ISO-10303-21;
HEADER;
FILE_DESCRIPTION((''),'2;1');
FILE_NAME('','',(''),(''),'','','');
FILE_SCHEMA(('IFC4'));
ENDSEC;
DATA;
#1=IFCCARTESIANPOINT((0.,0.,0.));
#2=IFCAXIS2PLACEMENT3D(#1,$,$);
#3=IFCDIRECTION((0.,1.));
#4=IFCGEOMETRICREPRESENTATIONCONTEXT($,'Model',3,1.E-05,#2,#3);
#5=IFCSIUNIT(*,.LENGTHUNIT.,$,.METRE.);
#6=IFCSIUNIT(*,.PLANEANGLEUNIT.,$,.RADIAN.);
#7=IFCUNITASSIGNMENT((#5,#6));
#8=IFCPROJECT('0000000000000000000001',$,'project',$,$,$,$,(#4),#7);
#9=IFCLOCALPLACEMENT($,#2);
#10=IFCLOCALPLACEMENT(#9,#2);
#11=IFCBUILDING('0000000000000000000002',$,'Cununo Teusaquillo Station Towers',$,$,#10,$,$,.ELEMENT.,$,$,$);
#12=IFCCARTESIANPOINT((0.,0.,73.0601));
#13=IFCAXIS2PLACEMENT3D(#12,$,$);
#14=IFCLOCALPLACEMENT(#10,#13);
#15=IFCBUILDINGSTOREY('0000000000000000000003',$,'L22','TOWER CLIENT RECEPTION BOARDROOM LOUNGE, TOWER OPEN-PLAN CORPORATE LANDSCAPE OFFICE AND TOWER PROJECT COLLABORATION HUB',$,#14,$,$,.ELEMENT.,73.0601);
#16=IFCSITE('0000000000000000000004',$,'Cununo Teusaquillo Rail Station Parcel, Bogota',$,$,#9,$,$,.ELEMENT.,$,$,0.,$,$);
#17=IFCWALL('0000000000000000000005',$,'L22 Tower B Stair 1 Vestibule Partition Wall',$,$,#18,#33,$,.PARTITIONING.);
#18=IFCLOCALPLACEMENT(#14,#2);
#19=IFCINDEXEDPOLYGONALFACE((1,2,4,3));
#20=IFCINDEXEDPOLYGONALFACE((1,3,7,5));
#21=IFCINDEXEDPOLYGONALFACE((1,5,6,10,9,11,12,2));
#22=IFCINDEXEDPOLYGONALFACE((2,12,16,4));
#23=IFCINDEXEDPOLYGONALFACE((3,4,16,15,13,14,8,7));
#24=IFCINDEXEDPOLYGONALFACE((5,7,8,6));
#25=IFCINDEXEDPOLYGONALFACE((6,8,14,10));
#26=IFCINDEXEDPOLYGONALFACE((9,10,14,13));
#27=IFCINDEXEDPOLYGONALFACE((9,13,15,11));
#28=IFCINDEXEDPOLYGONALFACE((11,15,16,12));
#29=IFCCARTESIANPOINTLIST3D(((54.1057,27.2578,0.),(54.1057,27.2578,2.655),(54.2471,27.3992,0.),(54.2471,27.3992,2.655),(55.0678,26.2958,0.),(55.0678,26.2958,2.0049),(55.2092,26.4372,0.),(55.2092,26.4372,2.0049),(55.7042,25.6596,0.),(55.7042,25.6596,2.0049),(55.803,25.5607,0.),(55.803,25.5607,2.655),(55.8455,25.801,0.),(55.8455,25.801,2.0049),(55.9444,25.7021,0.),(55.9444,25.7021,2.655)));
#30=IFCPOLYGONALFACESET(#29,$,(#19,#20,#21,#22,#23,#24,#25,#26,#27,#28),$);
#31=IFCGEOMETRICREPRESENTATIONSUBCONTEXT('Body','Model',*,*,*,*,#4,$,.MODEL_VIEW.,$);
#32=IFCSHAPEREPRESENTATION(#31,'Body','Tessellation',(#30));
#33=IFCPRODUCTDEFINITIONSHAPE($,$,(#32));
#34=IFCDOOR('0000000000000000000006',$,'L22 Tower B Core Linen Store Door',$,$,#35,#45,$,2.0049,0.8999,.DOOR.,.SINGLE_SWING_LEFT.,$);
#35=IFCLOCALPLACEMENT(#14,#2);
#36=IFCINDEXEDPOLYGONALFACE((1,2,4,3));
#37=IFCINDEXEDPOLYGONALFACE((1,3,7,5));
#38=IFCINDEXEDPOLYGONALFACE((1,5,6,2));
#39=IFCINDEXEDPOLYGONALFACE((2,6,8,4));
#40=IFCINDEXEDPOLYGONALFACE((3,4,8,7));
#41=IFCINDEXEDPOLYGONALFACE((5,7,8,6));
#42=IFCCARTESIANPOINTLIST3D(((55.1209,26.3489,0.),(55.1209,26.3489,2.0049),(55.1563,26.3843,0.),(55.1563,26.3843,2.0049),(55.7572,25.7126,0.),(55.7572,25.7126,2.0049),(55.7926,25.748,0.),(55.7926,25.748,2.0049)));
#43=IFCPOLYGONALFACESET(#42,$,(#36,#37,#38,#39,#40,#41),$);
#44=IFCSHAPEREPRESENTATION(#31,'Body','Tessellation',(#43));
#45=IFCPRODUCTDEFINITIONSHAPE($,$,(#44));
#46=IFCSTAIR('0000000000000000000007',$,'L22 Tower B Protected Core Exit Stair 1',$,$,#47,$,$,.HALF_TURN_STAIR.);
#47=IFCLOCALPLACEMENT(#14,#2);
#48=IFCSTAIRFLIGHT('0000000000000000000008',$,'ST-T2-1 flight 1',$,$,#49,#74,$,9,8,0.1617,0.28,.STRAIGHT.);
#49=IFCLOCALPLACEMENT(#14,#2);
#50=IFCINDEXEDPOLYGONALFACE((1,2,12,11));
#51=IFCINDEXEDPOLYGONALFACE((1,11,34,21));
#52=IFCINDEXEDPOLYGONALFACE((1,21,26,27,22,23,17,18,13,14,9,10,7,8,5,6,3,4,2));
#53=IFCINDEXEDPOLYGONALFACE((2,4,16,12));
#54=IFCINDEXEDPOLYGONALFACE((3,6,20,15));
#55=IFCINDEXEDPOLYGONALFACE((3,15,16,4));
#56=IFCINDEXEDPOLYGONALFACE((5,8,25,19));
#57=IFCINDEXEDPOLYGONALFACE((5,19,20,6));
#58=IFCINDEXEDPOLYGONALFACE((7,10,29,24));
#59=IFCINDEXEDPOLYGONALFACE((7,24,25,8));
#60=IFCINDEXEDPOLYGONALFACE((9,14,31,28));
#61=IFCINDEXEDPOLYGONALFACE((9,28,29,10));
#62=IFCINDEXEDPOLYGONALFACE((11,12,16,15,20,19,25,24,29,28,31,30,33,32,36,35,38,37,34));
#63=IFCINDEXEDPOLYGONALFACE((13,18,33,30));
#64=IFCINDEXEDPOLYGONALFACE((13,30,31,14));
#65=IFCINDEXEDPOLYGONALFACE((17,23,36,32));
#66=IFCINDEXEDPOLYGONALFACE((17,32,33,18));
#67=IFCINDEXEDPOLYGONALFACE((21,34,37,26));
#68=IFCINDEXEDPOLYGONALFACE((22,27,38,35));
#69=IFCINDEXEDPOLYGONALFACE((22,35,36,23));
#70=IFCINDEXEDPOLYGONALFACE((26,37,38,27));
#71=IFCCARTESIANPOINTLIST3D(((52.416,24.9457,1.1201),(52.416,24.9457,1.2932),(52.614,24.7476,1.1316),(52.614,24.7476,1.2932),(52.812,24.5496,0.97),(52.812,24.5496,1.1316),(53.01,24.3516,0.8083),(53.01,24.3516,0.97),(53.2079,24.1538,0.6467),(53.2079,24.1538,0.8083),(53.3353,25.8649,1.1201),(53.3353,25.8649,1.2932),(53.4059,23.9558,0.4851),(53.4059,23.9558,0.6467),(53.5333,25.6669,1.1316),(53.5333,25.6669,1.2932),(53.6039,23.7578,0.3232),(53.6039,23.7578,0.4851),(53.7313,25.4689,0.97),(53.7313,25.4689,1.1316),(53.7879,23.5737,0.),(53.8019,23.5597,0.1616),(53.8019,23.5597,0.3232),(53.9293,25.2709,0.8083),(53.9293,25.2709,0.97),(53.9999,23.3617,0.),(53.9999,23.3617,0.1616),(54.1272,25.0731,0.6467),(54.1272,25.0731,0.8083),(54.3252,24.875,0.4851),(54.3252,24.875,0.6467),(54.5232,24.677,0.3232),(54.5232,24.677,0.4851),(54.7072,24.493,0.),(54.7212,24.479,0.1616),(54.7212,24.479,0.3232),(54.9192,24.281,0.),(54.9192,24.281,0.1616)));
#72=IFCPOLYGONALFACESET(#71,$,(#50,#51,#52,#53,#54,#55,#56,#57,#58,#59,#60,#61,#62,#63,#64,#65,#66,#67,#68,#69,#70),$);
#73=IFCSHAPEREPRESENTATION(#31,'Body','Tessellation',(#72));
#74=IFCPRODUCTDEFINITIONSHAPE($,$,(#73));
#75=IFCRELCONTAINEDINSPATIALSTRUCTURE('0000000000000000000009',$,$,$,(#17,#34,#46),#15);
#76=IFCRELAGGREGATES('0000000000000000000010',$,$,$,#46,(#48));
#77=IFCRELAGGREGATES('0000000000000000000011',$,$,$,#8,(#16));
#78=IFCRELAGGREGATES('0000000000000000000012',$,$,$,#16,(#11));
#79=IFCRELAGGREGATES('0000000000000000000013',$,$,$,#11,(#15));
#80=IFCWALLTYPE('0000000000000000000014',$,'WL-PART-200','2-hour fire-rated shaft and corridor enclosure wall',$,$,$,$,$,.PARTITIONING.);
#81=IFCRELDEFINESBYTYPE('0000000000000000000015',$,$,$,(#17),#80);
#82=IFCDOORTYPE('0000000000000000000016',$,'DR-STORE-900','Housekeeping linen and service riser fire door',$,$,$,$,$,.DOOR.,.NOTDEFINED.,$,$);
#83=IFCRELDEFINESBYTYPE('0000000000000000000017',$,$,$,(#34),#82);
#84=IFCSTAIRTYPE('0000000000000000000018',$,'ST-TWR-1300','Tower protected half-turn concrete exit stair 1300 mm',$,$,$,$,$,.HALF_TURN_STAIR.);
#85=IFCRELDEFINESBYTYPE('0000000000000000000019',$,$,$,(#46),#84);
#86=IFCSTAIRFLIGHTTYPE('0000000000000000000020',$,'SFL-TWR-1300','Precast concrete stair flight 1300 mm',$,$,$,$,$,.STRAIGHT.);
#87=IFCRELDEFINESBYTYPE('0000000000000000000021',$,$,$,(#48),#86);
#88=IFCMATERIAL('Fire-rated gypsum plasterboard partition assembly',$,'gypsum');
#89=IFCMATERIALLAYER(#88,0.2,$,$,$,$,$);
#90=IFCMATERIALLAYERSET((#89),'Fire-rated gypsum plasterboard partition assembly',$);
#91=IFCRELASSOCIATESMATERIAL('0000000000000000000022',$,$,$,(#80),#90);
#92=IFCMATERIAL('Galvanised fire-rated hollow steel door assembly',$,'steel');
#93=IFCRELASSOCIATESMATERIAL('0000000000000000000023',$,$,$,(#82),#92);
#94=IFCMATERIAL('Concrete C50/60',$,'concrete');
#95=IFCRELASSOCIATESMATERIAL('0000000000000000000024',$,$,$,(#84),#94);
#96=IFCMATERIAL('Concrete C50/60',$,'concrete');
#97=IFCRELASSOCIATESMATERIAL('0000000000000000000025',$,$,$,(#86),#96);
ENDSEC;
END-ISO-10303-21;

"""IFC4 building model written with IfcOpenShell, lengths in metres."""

from ifc_helpers import new_model, si_unit, direction, frame, frame_2d, origin, place, context, subcontext, project, spatial, polyline, rectangle, outline, extrude, source, transform, mapped, material, layer, layer_set, type_object, element, fill, aggregate, save


model = new_model("IFC4")

# Units and contexts
model_context = context("Model", 3, precision=1e-05, world=origin(), true_north=direction((0.0, 1.0)))
body_context = subcontext(model_context, "Body", "Model", "MODEL_VIEW")
ifc_project = project(units=[si_unit("LENGTHUNIT", "METRE"), si_unit("PLANEANGLEUNIT", "RADIAN")], contexts=[model_context])

# Site, building, storey
site_placement = place(None, origin())
site = spatial("IfcSite", under=ifc_project, at=site_placement, Name="Cununo Teusaquillo Rail Station Parcel, Bogota", CompositionType="ELEMENT", RefElevation=0.0)
building_placement = place(site_placement, origin())
building = spatial("IfcBuilding", under=site, at=building_placement, Name="Cununo Teusaquillo Station Towers", CompositionType="ELEMENT")
storey_placement = place(building_placement, frame((0.0, 0.0, 73.0601)))
storey = spatial("IfcBuildingStorey", under=building, at=storey_placement, Name="L22", Description="TOWER CLIENT RECEPTION BOARDROOM LOUNGE, TOWER OPEN-PLAN CORPORATE LANDSCAPE OFFICE AND TOWER PROJECT COLLABORATION HUB", CompositionType="ELEMENT", Elevation=73.0601)

# Wall, opening, door
ifc_material_1 = material(Name="Fire-rated gypsum plasterboard partition assembly", Category="gypsum")
ifc_layer_1 = layer(ifc_material_1, 0.2)
ifc_layer_set_1 = layer_set([ifc_layer_1], Name="Fire-rated gypsum plasterboard partition assembly")
wall_type_1 = type_object("IfcWallType", Name="WL-PART-200", Description="2-hour fire-rated shaft and corridor enclosure wall", PredefinedType="PARTITIONING", material=ifc_layer_set_1)
shared_shape_1 = source(origin(), body_context, "Body", "SweptSolid", [
    extrude(rectangle(XDim=0.8999, YDim=2.0049, at=frame_2d((0.45, 1.0024))), frame((0.0, 0.1099, 0.0), z_axis=(0.0, -1.0, 0.0), x_axis=(1.0, 0.0, 0.0)), (0.0, 0.0, 1.0), 0.22),
])
ifc_material_2 = material(Name="Galvanised fire-rated hollow steel door assembly", Category="steel")
door_type_1 = type_object("IfcDoorType", Name="DR-STORE-900", Description="Housekeeping linen and service riser fire door", OperationType="NOTDEFINED", PredefinedType="DOOR", material=ifc_material_2)
shared_shape_2 = source(origin(), body_context, "Body", "SweptSolid", [
    extrude(rectangle(XDim=0.8999, YDim=2.0049, at=frame_2d((0.45, 1.0024))), frame((0.0, 0.0249, 0.0), z_axis=(0.0, -1.0, 0.0), x_axis=(1.0, 0.0, 0.0)), (0.0, 0.0, 1.0), 0.05),
])
wall_1_placement = place(storey_placement, frame((55.8738, 25.6313, 0.0), z_axis=(0.0, 0.0, 1.0), x_axis=(-0.707158, 0.707056, 0.0)))
wall_1 = element("IfcWall", 1, at=wall_1_placement, inside=storey, type_object=wall_type_1, Name="L22 Tower B Stair 1 Vestibule Partition Wall", PredefinedType="PARTITIONING", context=body_context, shape_type="SweptSolid", body=[
    extrude(rectangle(XDim=2.4001, YDim=0.2, at=frame_2d((1.2002, 0.0))), origin(), (0.0, 0.0, 1.0), 2.655),
])
opening_1_placement = place(wall_1_placement, frame((0.1399, 0.0, 0.0)))
opening_1 = element("IfcOpeningElement", 2, at=opening_1_placement, cuts=wall_1, PredefinedType="OPENING", context=body_context, shape_type="MappedRepresentation", body=[
    mapped(shared_shape_1, transform((0.0, 0.0, 0.0), x_axis=(1.0, 0.0, 0.0), y_axis=(0.0, 1.0, 0.0), z_axis=(0.0, 0.0, 1.0), scale=1.0)),
])
door_1_placement = place(opening_1_placement, origin())
door_1 = element("IfcDoor", 3, at=door_1_placement, inside=storey, type_object=door_type_1, Name="L22 Tower B Core Linen Store Door", OperationType="SINGLE_SWING_LEFT", OverallHeight=2.0049, OverallWidth=0.8999, PredefinedType="DOOR", context=body_context, shape_type="MappedRepresentation", body=[
    mapped(shared_shape_2, transform((0.0, 0.0, 0.0), x_axis=(1.0, 0.0, 0.0), y_axis=(0.0, 1.0, 0.0), z_axis=(0.0, 0.0, 1.0), scale=1.0)),
])
fill(opening_1, door_1)

# Stair, stair flight
ifc_material_3 = material(Name="Concrete C50/60", Category="concrete")
stair_type = type_object("IfcStairType", Name="ST-TWR-1300", Description="Tower protected half-turn concrete exit stair 1300 mm", PredefinedType="HALF_TURN_STAIR", material=ifc_material_3)
stair_placement = place(storey_placement, origin())
stair = element("IfcStair", 4, at=stair_placement, inside=storey, type_object=stair_type, Name="L22 Tower B Protected Core Exit Stair 1", PredefinedType="HALF_TURN_STAIR")
ifc_material_4 = material(Name="Concrete C50/60", Category="concrete")
stair_flight_type = type_object("IfcStairFlightType", Name="SFL-TWR-1300", Description="Precast concrete stair flight 1300 mm", PredefinedType="STRAIGHT", material=ifc_material_4)
stair_flight_placement = place(storey_placement, frame((54.4595, 23.8213, 0.0), z_axis=(0.0, 0.0, 1.0), x_axis=(-0.707107, 0.707107, 0.0)))
stair_flight = element("IfcStairFlight", 5, at=stair_flight_placement, type_object=stair_flight_type, Name="ST-T2-1 flight 1", NumberOfRisers=9, NumberOfTreads=8, PredefinedType="STRAIGHT", RiserHeight=0.1617, TreadLength=0.28, context=body_context, shape_type="SweptSolid", body=[
    extrude(outline(polyline([(0.0, 0.0), (0.0, 0.1616), (0.28, 0.1616), (0.28, 0.3232), (0.5601, 0.3232), (0.5601, 0.4851), (0.8401, 0.4851), (0.8401, 0.6467), (1.1201, 0.6467), (1.1201, 0.8083), (1.3999, 0.8083), (1.3999, 0.97), (1.6799, 0.97), (1.6799, 1.1316), (1.96, 1.1316), (1.96, 1.2932), (2.24, 1.2932), (2.24, 1.4551), (2.24, 1.1201), (0.2998, 0.0), (0.0, 0.0)])), frame((0.0, 0.6499, 0.0), z_axis=(0.0, -1.0, 0.0), x_axis=(1.0, 0.0, 0.0)), (0.0, 0.0, 1.0), 1.3),
])
aggregate(stair, [stair_flight])

save(model, "model.ifc")
